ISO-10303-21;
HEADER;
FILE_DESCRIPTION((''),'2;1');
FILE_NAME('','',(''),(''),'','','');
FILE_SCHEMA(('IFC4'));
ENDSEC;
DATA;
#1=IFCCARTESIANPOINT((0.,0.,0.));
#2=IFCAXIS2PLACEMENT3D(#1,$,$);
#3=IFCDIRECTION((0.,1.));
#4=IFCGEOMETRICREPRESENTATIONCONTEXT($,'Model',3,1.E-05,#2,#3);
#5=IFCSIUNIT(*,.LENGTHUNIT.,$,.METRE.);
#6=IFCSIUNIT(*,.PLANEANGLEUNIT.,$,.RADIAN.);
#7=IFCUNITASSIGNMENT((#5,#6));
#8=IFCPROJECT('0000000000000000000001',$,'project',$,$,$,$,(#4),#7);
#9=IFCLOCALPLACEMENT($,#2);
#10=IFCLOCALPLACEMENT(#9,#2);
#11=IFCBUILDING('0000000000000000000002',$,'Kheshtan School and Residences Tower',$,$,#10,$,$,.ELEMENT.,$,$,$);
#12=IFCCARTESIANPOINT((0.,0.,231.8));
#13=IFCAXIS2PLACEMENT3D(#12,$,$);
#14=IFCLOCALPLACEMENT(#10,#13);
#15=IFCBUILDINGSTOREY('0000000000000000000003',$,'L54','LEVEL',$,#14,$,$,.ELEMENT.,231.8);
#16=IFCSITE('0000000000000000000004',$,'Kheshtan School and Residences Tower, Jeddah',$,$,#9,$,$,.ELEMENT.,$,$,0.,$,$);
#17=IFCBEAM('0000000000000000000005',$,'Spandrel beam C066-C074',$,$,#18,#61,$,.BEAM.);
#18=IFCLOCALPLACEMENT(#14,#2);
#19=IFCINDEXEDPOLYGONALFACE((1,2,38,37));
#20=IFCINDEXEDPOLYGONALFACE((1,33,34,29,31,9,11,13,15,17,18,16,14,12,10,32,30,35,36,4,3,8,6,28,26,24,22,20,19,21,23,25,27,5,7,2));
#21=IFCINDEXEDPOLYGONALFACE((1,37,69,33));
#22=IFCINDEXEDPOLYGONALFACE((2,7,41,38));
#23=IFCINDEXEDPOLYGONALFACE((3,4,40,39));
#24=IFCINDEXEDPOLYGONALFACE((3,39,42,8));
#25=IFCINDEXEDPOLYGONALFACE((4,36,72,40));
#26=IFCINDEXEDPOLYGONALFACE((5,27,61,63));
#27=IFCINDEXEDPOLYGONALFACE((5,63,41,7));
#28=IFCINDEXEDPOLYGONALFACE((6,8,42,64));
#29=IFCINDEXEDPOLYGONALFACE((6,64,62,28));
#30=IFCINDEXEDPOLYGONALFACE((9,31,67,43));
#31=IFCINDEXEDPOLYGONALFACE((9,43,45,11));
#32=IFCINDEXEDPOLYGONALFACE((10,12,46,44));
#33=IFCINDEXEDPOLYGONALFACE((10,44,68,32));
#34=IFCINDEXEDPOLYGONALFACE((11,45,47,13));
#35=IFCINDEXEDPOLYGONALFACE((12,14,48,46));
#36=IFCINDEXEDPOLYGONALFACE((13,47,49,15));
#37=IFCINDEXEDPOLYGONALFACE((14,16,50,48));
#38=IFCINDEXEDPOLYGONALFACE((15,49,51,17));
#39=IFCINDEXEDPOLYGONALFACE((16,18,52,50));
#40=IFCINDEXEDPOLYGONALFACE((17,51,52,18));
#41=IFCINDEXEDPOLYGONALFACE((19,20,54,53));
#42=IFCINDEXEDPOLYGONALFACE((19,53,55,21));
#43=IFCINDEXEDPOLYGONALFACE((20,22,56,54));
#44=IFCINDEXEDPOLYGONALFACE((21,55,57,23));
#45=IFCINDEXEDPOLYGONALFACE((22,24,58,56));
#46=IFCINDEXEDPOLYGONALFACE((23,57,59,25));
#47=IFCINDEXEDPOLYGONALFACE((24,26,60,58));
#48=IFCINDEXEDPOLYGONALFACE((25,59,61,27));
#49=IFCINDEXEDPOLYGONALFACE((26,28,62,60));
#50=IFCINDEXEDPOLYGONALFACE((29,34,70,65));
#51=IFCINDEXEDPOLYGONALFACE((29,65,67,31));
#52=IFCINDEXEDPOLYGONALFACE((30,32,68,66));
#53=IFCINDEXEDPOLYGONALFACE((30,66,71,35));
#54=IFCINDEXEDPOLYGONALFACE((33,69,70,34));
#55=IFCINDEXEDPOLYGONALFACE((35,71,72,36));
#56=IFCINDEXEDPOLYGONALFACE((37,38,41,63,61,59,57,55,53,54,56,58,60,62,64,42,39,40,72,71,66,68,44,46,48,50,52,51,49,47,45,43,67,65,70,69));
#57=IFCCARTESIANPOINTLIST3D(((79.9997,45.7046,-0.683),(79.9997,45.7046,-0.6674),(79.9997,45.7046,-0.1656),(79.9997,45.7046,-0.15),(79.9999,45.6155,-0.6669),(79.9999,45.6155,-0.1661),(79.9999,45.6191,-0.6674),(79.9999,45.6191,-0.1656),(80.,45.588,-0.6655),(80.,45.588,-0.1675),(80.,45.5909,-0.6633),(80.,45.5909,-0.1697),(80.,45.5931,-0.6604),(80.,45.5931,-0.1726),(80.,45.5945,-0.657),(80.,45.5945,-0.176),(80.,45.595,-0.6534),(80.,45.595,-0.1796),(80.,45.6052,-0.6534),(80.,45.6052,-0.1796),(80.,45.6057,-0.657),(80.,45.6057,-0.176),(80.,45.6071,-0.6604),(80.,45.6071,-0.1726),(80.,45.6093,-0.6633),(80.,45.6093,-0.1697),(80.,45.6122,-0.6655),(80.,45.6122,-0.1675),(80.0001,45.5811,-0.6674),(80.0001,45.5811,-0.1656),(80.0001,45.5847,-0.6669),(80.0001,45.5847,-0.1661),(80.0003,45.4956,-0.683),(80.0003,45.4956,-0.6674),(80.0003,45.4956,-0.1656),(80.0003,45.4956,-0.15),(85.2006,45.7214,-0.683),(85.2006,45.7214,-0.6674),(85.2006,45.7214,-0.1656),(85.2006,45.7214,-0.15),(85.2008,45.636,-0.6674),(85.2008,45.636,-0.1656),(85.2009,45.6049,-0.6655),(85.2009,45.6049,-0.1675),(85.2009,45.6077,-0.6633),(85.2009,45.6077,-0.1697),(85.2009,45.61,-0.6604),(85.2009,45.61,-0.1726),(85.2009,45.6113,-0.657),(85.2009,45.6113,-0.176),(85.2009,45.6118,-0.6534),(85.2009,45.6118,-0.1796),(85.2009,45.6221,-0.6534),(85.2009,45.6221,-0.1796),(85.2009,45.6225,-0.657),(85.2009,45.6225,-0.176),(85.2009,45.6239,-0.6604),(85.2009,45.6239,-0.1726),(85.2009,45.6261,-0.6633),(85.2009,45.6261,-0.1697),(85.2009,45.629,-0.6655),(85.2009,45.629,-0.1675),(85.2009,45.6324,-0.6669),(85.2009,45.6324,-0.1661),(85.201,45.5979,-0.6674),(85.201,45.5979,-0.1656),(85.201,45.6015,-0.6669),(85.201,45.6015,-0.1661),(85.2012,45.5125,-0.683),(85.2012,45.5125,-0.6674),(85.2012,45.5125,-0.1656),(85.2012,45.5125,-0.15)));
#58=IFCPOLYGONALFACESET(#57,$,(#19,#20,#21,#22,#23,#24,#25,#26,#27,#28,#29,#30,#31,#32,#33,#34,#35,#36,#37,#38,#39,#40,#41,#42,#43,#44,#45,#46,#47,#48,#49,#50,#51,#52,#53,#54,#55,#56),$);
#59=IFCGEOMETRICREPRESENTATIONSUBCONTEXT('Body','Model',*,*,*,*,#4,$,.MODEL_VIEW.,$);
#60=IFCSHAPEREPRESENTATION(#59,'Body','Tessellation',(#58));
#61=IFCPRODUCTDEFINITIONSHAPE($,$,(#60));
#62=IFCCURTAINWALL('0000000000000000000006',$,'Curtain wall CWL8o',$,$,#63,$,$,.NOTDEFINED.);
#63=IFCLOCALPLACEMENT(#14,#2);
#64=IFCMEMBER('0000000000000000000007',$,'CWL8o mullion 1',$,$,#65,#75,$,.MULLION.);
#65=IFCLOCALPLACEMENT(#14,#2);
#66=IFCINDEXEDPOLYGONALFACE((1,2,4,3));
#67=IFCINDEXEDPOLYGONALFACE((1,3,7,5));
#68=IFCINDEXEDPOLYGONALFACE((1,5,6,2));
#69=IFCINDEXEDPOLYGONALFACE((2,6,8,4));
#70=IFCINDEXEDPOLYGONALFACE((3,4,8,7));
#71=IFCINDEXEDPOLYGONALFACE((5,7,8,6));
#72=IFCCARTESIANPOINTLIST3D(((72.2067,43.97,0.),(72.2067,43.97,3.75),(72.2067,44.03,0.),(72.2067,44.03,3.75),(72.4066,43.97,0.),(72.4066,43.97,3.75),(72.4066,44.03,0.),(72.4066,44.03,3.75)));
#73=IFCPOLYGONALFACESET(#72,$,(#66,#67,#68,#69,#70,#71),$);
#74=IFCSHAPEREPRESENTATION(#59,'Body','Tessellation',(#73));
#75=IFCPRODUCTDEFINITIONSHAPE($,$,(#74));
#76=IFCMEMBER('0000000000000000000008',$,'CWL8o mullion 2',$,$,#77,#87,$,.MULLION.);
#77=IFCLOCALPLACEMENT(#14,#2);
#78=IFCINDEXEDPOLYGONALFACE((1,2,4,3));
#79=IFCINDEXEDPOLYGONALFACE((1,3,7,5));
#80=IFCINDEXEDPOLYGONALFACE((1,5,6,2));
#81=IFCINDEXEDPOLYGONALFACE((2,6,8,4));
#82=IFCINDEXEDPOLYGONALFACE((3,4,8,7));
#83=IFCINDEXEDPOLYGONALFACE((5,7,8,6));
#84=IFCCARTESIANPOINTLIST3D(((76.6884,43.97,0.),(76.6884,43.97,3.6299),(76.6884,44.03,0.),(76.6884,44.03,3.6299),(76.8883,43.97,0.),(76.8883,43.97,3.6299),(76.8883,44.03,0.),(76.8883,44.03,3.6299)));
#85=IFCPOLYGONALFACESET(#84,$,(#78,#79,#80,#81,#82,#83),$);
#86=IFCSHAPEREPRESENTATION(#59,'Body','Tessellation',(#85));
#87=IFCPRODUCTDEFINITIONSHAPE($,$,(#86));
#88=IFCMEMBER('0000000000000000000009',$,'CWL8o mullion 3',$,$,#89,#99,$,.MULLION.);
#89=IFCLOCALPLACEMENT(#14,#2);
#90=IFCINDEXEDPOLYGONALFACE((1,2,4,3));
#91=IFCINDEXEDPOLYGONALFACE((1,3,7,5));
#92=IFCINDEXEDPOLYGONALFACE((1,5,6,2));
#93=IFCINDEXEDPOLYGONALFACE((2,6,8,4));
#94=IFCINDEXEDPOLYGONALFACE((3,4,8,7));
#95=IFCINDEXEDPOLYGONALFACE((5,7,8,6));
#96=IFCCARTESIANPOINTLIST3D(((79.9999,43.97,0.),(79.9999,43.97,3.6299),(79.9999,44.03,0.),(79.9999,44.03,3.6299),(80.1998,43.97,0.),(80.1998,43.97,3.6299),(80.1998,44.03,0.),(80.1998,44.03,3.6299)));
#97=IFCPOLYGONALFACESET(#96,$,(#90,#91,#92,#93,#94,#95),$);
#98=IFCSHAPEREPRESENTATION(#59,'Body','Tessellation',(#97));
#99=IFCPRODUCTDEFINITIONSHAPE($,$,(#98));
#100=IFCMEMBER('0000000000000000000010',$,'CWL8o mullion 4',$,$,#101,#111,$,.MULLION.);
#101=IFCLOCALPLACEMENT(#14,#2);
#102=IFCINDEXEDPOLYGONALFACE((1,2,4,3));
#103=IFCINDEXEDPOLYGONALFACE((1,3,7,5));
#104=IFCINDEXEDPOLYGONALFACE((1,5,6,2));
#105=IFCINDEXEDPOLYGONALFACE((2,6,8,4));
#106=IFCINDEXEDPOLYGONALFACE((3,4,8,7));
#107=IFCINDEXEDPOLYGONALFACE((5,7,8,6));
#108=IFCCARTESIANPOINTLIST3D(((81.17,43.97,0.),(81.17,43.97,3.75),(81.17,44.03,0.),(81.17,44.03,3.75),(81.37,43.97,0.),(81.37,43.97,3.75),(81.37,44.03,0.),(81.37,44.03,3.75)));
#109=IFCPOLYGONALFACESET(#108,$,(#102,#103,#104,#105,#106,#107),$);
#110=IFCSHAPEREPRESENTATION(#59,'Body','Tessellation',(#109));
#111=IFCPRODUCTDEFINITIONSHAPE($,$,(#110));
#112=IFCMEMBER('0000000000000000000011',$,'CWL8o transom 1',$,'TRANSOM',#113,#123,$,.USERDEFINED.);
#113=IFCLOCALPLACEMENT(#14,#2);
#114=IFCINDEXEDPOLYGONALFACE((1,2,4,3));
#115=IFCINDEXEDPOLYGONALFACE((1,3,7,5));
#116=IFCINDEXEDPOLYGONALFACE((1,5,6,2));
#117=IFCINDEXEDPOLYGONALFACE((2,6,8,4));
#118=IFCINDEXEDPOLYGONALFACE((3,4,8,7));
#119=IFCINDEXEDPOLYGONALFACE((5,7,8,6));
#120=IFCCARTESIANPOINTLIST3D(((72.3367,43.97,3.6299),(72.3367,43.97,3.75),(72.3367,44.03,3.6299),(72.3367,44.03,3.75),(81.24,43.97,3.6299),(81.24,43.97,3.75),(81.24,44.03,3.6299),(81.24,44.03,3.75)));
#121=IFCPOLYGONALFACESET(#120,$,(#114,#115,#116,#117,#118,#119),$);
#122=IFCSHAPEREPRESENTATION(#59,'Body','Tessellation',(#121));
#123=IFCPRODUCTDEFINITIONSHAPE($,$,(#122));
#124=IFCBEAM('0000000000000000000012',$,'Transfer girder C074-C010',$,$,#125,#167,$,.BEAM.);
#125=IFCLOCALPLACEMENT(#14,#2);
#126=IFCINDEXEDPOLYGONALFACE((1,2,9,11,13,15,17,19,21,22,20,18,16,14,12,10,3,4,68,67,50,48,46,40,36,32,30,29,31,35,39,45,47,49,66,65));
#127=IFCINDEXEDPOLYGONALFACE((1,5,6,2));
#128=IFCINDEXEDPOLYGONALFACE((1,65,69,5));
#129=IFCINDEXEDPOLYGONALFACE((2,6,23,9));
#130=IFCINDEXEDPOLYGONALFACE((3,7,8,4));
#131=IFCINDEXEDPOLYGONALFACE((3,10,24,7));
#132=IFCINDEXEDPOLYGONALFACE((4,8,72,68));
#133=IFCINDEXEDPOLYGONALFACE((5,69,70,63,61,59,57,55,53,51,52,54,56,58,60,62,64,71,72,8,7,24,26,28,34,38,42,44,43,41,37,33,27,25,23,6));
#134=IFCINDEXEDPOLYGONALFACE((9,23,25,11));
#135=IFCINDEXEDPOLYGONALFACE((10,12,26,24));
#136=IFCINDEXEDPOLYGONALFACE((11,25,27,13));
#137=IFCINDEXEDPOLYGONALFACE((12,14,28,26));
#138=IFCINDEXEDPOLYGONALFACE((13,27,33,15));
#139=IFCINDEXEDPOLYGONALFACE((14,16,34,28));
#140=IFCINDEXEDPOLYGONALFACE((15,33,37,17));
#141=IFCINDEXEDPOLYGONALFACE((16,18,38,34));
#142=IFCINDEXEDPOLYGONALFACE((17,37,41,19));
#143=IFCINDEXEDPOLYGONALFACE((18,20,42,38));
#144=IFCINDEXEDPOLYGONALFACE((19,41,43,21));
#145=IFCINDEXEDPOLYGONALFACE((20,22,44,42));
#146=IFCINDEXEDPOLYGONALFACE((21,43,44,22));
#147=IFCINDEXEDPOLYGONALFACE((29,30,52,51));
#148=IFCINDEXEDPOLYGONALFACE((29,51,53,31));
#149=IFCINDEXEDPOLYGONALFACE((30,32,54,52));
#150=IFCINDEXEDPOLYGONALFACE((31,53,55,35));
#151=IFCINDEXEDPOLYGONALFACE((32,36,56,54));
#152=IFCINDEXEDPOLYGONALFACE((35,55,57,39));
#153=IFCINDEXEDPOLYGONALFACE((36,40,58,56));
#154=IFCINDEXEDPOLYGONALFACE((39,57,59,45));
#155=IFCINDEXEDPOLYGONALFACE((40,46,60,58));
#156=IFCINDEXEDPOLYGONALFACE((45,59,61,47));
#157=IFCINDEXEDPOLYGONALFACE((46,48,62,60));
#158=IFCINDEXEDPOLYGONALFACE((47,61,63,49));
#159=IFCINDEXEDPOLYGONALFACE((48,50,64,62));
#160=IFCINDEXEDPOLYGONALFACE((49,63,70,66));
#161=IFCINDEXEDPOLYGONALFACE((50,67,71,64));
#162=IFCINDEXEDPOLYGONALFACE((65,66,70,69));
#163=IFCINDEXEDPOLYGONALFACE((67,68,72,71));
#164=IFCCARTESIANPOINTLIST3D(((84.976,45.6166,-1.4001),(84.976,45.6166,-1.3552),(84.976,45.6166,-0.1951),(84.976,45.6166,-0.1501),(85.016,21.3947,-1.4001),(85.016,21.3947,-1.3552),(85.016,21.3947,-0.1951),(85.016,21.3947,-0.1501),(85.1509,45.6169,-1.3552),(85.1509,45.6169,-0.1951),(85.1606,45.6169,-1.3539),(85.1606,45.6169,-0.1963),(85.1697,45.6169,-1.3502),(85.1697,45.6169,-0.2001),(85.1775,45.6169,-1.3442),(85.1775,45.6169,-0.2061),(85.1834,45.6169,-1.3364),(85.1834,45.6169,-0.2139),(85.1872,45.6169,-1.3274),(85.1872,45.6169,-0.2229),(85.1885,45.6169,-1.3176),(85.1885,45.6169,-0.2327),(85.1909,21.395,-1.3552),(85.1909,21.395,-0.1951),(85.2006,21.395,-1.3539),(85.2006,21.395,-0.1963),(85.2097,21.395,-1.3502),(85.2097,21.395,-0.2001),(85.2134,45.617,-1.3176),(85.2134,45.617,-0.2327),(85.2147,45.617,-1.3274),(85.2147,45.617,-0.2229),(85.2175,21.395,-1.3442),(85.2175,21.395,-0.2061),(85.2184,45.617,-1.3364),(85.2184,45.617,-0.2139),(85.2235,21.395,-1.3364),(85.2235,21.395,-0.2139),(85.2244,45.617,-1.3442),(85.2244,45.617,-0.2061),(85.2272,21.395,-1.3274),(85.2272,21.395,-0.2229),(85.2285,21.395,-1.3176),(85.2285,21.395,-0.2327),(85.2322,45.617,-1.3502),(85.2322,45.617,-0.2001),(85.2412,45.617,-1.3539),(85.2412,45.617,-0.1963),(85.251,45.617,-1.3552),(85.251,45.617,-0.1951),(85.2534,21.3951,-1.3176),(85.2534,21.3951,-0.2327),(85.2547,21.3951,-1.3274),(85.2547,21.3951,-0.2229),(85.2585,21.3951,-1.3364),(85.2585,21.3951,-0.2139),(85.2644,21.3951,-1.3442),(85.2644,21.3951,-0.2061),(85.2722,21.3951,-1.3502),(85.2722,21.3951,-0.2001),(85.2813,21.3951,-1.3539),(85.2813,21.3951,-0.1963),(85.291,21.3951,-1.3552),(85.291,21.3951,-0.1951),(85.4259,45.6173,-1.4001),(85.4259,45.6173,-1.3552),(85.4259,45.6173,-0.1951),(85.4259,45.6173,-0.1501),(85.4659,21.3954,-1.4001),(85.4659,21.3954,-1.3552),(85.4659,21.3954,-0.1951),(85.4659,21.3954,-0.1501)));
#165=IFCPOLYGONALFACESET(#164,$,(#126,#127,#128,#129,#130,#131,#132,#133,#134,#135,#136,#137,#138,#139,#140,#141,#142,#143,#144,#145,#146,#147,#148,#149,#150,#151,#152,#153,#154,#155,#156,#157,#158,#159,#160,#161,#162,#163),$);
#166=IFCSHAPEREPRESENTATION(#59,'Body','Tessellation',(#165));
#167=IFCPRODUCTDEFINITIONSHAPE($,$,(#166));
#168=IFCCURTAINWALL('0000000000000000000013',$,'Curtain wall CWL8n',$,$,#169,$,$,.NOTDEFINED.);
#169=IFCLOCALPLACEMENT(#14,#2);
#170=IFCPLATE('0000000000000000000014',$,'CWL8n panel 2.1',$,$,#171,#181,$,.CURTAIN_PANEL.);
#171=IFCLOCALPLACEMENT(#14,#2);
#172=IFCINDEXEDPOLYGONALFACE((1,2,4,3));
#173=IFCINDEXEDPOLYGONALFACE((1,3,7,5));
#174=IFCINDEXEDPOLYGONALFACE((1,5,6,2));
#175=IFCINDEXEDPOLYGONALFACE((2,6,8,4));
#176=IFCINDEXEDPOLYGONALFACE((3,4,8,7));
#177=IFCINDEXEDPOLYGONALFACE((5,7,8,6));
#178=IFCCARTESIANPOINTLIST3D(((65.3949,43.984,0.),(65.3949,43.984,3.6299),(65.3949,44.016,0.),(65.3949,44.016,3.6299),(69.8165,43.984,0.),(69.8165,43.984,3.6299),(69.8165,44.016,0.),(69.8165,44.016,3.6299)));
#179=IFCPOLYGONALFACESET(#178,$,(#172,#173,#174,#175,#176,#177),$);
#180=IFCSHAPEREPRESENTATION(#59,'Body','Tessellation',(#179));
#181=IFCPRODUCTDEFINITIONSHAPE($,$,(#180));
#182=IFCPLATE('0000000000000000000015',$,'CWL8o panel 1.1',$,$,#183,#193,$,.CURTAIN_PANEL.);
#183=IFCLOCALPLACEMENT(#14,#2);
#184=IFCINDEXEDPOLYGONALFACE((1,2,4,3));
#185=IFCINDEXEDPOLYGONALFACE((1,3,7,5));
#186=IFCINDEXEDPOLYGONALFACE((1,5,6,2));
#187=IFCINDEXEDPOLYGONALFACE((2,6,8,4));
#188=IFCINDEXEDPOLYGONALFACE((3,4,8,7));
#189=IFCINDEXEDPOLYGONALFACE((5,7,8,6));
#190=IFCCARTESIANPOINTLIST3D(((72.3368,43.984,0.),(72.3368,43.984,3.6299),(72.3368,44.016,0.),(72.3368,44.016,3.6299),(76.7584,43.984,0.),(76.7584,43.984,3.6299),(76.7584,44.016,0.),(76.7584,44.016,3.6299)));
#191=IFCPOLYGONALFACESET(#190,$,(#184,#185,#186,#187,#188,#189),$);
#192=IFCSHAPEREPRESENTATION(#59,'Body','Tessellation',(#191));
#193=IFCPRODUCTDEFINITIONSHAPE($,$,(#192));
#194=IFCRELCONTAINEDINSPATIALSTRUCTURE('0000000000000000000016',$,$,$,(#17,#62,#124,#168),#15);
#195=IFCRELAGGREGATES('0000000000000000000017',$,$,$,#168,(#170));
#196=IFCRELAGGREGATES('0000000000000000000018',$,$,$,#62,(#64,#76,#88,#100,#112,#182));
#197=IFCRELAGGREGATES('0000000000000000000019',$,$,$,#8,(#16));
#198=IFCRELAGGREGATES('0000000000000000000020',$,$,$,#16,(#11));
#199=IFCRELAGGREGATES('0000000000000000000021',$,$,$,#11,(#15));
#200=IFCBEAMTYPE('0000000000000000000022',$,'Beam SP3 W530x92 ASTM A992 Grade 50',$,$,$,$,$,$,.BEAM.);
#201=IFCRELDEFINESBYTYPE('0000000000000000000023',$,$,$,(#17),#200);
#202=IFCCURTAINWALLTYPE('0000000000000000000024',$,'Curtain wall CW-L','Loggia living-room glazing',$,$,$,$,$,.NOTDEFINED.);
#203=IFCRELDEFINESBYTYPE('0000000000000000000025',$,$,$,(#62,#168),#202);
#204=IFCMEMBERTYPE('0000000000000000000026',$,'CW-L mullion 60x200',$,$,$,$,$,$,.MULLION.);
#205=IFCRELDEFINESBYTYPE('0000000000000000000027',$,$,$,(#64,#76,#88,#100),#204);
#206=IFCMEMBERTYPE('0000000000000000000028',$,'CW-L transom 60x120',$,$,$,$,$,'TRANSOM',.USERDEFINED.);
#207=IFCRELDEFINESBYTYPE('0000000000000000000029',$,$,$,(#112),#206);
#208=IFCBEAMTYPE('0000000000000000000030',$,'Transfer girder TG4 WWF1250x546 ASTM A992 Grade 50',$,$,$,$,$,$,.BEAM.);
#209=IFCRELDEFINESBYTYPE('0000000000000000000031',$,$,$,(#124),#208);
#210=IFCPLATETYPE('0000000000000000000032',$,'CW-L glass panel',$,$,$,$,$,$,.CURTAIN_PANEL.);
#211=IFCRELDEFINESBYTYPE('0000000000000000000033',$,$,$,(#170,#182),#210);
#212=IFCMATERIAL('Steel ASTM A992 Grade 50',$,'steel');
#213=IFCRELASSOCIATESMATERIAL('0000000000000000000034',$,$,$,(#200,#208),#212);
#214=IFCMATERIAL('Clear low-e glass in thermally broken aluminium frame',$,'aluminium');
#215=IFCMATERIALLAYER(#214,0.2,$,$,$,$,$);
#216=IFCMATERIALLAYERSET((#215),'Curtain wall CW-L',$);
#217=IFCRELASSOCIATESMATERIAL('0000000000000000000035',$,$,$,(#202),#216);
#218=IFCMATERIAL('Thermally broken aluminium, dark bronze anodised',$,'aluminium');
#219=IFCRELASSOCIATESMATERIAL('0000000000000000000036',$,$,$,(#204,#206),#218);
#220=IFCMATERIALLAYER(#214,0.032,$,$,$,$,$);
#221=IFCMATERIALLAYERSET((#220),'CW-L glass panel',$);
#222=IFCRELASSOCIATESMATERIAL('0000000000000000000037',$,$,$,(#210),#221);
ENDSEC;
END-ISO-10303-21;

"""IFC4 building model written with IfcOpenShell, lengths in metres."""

from ifc_helpers import new_model, si_unit, direction, frame, origin, origin_2d, place, context, subcontext, project, spatial, rectangle, i_section, extrude, material, layer, layer_set, material_profile, profile_set, type_object, element, aggregate, save


model = new_model("IFC4")

# Units and contexts
model_context = context("Model", 3, precision=1e-05, world=origin(), true_north=direction((0.0, 1.0)))
body_context = subcontext(model_context, "Body", "Model", "MODEL_VIEW")
ifc_project = project(units=[si_unit("LENGTHUNIT", "METRE"), si_unit("PLANEANGLEUNIT", "RADIAN")], contexts=[model_context])

# Site, building, storey
site_placement = place(None, origin())
site = spatial("IfcSite", under=ifc_project, at=site_placement, Name="Kheshtan School and Residences Tower, Jeddah", CompositionType="ELEMENT", RefElevation=0.0)
building_placement = place(site_placement, origin())
building = spatial("IfcBuilding", under=site, at=building_placement, Name="Kheshtan School and Residences Tower", CompositionType="ELEMENT")
storey_placement = place(building_placement, frame((0.0, 0.0, 231.8)))
storey = spatial("IfcBuildingStorey", under=building, at=storey_placement, Name="L54", Description="LEVEL", CompositionType="ELEMENT", Elevation=231.8)

# Shared definitions
ifc_material_1 = material(Name="Steel ASTM A992 Grade 50", Category="steel")

# Beam
ifc_material_profile_1 = material_profile(ifc_material_1, i_section(OverallWidth=0.209, OverallDepth=0.533, WebThickness=0.0103, FlangeThickness=0.0156, FilletRadius=0.0139, at=origin_2d()), Name="W530x92")
ifc_profile_set_1 = profile_set([ifc_material_profile_1], Name="Steel ASTM A992 Grade 50")
beam_type_1 = type_object("IfcBeamType", Name="Beam SP3 W530x92 ASTM A992 Grade 50", PredefinedType="BEAM", material=ifc_profile_set_1)
beam_1_placement = place(storey_placement, frame((80.0, 45.6001, -0.4165), z_axis=(0.999995, 0.003239, 0.0), x_axis=(-0.003239, 0.999995, 0.0)))
element("IfcBeam", 1, at=beam_1_placement, inside=storey, type_object=beam_type_1, Name="Spandrel beam C066-C074", PredefinedType="BEAM", context=body_context, shape_type="SweptSolid", body=[
    extrude(i_section(OverallWidth=0.209, OverallDepth=0.533, WebThickness=0.0103, FlangeThickness=0.0156, FilletRadius=0.0139, at=origin_2d()), origin(), (0.0, 0.0, 1.0), 5.2009),
])

# Curtain wall, members
ifc_material_2 = material(Name="Clear low-e glass in thermally broken aluminium frame", Category="aluminium")
ifc_layer_1 = layer(ifc_material_2, 0.2)
ifc_layer_set_1 = layer_set([ifc_layer_1], Name="Curtain wall CW-L")
curtain_wall_type = type_object("IfcCurtainWallType", Name="Curtain wall CW-L", Description="Loggia living-room glazing", PredefinedType="NOTDEFINED", material=ifc_layer_set_1)
curtain_wall_1_placement = place(storey_placement, origin())
curtain_wall_1 = element("IfcCurtainWall", 2, at=curtain_wall_1_placement, inside=storey, type_object=curtain_wall_type, Name="Curtain wall CWL8o", PredefinedType="NOTDEFINED")
ifc_material_3 = material(Name="Thermally broken aluminium, dark bronze anodised", Category="aluminium")
ifc_material_profile_2 = material_profile(ifc_material_3, rectangle(XDim=0.0601, YDim=0.2, at=origin_2d()), Name="CW-L mullion 60x200")
ifc_profile_set_2 = profile_set([ifc_material_profile_2], Name="Thermally broken aluminium, dark bronze anodised")
member_type_1 = type_object("IfcMemberType", Name="CW-L mullion 60x200", PredefinedType="MULLION", material=ifc_profile_set_2)
member_1_placement = place(storey_placement, frame((72.3066, 44.0, 0.0), z_axis=(0.0, 0.0, 1.0), x_axis=(0.0, 1.0, 0.0)))
member_1 = element("IfcMember", 3, at=member_1_placement, type_object=member_type_1, Name="CWL8o mullion 1", PredefinedType="MULLION", context=body_context, shape_type="SweptSolid", body=[
    extrude(rectangle(XDim=0.0601, YDim=0.2, at=origin_2d()), origin(), (0.0, 0.0, 1.0), 3.75),
])
member_2_placement = place(storey_placement, frame((76.7883, 44.0, 0.0), z_axis=(0.0, 0.0, 1.0), x_axis=(0.0, 1.0, 0.0)))
member_2 = element("IfcMember", 4, at=member_2_placement, type_object=member_type_1, Name="CWL8o mullion 2", PredefinedType="MULLION", context=body_context, shape_type="SweptSolid", body=[
    extrude(rectangle(XDim=0.0601, YDim=0.2, at=origin_2d()), origin(), (0.0, 0.0, 1.0), 3.6299),
])
member_3_placement = place(storey_placement, frame((80.0999, 44.0, 0.0), z_axis=(0.0, 0.0, 1.0), x_axis=(0.0, 1.0, 0.0)))
member_3 = element("IfcMember", 5, at=member_3_placement, type_object=member_type_1, Name="CWL8o mullion 3", PredefinedType="MULLION", context=body_context, shape_type="SweptSolid", body=[
    extrude(rectangle(XDim=0.0601, YDim=0.2, at=origin_2d()), origin(), (0.0, 0.0, 1.0), 3.6299),
])
member_4_placement = place(storey_placement, frame((81.27, 44.0, 0.0), z_axis=(0.0, 0.0, 1.0), x_axis=(0.0, 1.0, 0.0)))
member_4 = element("IfcMember", 6, at=member_4_placement, type_object=member_type_1, Name="CWL8o mullion 4", PredefinedType="MULLION", context=body_context, shape_type="SweptSolid", body=[
    extrude(rectangle(XDim=0.0601, YDim=0.2, at=origin_2d()), origin(), (0.0, 0.0, 1.0), 3.75),
])
ifc_material_profile_3 = material_profile(ifc_material_3, rectangle(XDim=0.0601, YDim=0.1201, at=origin_2d()), Name="CW-L transom 60x120")
ifc_profile_set_3 = profile_set([ifc_material_profile_3], Name="Thermally broken aluminium, dark bronze anodised")
member_type_2 = type_object("IfcMemberType", Name="CW-L transom 60x120", ElementType="TRANSOM", PredefinedType="USERDEFINED", material=ifc_profile_set_3)
member_5_placement = place(storey_placement, frame((72.3367, 44.0, 3.6899), z_axis=(1.0, 0.0, 0.0), x_axis=(0.0, 1.0, 0.0)))
member_5 = element("IfcMember", 7, at=member_5_placement, type_object=member_type_2, Name="CWL8o transom 1", ObjectType="TRANSOM", PredefinedType="USERDEFINED", context=body_context, shape_type="SweptSolid", body=[
    extrude(rectangle(XDim=0.0601, YDim=0.1201, at=origin_2d()), origin(), (0.0, 0.0, 1.0), 8.9033),
])

# Beam
ifc_material_profile_4 = material_profile(ifc_material_1, i_section(OverallWidth=0.45, OverallDepth=1.25, WebThickness=0.0249, FlangeThickness=0.0449, FilletRadius=0.0376, at=origin_2d()), Name="WWF1250x546")
ifc_profile_set_4 = profile_set([ifc_material_profile_4], Name="Steel ASTM A992 Grade 50")
beam_type_2 = type_object("IfcBeamType", Name="Transfer girder TG4 WWF1250x546 ASTM A992 Grade 50", PredefinedType="BEAM", material=ifc_profile_set_4)
beam_2_placement = place(storey_placement, frame((85.2009, 45.6169, -0.7751), z_axis=(0.001653, -0.999999, 0.0), x_axis=(0.999999, 0.001653, 0.0)))
element("IfcBeam", 8, at=beam_2_placement, inside=storey, type_object=beam_type_2, Name="Transfer girder C074-C010", PredefinedType="BEAM", context=body_context, shape_type="SweptSolid", body=[
    extrude(i_section(OverallWidth=0.45, OverallDepth=1.25, WebThickness=0.0249, FlangeThickness=0.0449, FilletRadius=0.0376, at=origin_2d()), origin(), (0.0, 0.0, 1.0), 24.2219),
])

# Curtain wall, plate
curtain_wall_2_placement = place(storey_placement, origin())
curtain_wall_2 = element("IfcCurtainWall", 9, at=curtain_wall_2_placement, inside=storey, type_object=curtain_wall_type, Name="Curtain wall CWL8n", PredefinedType="NOTDEFINED")
ifc_layer_2 = layer(ifc_material_2, 0.032)
ifc_layer_set_2 = layer_set([ifc_layer_2], Name="CW-L glass panel")
plate_type = type_object("IfcPlateType", Name="CW-L glass panel", PredefinedType="CURTAIN_PANEL", material=ifc_layer_set_2)
plate_1_placement = place(storey_placement, frame((67.6057, 44.0, 0.0), z_axis=(0.0, 0.0, 1.0), x_axis=(1.0, 0.0, 0.0)))
plate_1 = element("IfcPlate", 10, at=plate_1_placement, type_object=plate_type, Name="CWL8n panel 2.1", PredefinedType="CURTAIN_PANEL", context=body_context, shape_type="SweptSolid", body=[
    extrude(rectangle(XDim=4.4216, YDim=0.032, at=origin_2d()), origin(), (0.0, 0.0, 1.0), 3.6299),
])
aggregate(curtain_wall_2, [plate_1])

# Plate
plate_2_placement = place(storey_placement, frame((74.5476, 44.0, 0.0), z_axis=(0.0, 0.0, 1.0), x_axis=(1.0, 0.0, 0.0)))
plate_2 = element("IfcPlate", 11, at=plate_2_placement, type_object=plate_type, Name="CWL8o panel 1.1", PredefinedType="CURTAIN_PANEL", context=body_context, shape_type="SweptSolid", body=[
    extrude(rectangle(XDim=4.4216, YDim=0.032, at=origin_2d()), origin(), (0.0, 0.0, 1.0), 3.6299),
])
aggregate(curtain_wall_1, [member_1, member_2, member_3, member_4, member_5, plate_2])

save(model, "model.ifc")
